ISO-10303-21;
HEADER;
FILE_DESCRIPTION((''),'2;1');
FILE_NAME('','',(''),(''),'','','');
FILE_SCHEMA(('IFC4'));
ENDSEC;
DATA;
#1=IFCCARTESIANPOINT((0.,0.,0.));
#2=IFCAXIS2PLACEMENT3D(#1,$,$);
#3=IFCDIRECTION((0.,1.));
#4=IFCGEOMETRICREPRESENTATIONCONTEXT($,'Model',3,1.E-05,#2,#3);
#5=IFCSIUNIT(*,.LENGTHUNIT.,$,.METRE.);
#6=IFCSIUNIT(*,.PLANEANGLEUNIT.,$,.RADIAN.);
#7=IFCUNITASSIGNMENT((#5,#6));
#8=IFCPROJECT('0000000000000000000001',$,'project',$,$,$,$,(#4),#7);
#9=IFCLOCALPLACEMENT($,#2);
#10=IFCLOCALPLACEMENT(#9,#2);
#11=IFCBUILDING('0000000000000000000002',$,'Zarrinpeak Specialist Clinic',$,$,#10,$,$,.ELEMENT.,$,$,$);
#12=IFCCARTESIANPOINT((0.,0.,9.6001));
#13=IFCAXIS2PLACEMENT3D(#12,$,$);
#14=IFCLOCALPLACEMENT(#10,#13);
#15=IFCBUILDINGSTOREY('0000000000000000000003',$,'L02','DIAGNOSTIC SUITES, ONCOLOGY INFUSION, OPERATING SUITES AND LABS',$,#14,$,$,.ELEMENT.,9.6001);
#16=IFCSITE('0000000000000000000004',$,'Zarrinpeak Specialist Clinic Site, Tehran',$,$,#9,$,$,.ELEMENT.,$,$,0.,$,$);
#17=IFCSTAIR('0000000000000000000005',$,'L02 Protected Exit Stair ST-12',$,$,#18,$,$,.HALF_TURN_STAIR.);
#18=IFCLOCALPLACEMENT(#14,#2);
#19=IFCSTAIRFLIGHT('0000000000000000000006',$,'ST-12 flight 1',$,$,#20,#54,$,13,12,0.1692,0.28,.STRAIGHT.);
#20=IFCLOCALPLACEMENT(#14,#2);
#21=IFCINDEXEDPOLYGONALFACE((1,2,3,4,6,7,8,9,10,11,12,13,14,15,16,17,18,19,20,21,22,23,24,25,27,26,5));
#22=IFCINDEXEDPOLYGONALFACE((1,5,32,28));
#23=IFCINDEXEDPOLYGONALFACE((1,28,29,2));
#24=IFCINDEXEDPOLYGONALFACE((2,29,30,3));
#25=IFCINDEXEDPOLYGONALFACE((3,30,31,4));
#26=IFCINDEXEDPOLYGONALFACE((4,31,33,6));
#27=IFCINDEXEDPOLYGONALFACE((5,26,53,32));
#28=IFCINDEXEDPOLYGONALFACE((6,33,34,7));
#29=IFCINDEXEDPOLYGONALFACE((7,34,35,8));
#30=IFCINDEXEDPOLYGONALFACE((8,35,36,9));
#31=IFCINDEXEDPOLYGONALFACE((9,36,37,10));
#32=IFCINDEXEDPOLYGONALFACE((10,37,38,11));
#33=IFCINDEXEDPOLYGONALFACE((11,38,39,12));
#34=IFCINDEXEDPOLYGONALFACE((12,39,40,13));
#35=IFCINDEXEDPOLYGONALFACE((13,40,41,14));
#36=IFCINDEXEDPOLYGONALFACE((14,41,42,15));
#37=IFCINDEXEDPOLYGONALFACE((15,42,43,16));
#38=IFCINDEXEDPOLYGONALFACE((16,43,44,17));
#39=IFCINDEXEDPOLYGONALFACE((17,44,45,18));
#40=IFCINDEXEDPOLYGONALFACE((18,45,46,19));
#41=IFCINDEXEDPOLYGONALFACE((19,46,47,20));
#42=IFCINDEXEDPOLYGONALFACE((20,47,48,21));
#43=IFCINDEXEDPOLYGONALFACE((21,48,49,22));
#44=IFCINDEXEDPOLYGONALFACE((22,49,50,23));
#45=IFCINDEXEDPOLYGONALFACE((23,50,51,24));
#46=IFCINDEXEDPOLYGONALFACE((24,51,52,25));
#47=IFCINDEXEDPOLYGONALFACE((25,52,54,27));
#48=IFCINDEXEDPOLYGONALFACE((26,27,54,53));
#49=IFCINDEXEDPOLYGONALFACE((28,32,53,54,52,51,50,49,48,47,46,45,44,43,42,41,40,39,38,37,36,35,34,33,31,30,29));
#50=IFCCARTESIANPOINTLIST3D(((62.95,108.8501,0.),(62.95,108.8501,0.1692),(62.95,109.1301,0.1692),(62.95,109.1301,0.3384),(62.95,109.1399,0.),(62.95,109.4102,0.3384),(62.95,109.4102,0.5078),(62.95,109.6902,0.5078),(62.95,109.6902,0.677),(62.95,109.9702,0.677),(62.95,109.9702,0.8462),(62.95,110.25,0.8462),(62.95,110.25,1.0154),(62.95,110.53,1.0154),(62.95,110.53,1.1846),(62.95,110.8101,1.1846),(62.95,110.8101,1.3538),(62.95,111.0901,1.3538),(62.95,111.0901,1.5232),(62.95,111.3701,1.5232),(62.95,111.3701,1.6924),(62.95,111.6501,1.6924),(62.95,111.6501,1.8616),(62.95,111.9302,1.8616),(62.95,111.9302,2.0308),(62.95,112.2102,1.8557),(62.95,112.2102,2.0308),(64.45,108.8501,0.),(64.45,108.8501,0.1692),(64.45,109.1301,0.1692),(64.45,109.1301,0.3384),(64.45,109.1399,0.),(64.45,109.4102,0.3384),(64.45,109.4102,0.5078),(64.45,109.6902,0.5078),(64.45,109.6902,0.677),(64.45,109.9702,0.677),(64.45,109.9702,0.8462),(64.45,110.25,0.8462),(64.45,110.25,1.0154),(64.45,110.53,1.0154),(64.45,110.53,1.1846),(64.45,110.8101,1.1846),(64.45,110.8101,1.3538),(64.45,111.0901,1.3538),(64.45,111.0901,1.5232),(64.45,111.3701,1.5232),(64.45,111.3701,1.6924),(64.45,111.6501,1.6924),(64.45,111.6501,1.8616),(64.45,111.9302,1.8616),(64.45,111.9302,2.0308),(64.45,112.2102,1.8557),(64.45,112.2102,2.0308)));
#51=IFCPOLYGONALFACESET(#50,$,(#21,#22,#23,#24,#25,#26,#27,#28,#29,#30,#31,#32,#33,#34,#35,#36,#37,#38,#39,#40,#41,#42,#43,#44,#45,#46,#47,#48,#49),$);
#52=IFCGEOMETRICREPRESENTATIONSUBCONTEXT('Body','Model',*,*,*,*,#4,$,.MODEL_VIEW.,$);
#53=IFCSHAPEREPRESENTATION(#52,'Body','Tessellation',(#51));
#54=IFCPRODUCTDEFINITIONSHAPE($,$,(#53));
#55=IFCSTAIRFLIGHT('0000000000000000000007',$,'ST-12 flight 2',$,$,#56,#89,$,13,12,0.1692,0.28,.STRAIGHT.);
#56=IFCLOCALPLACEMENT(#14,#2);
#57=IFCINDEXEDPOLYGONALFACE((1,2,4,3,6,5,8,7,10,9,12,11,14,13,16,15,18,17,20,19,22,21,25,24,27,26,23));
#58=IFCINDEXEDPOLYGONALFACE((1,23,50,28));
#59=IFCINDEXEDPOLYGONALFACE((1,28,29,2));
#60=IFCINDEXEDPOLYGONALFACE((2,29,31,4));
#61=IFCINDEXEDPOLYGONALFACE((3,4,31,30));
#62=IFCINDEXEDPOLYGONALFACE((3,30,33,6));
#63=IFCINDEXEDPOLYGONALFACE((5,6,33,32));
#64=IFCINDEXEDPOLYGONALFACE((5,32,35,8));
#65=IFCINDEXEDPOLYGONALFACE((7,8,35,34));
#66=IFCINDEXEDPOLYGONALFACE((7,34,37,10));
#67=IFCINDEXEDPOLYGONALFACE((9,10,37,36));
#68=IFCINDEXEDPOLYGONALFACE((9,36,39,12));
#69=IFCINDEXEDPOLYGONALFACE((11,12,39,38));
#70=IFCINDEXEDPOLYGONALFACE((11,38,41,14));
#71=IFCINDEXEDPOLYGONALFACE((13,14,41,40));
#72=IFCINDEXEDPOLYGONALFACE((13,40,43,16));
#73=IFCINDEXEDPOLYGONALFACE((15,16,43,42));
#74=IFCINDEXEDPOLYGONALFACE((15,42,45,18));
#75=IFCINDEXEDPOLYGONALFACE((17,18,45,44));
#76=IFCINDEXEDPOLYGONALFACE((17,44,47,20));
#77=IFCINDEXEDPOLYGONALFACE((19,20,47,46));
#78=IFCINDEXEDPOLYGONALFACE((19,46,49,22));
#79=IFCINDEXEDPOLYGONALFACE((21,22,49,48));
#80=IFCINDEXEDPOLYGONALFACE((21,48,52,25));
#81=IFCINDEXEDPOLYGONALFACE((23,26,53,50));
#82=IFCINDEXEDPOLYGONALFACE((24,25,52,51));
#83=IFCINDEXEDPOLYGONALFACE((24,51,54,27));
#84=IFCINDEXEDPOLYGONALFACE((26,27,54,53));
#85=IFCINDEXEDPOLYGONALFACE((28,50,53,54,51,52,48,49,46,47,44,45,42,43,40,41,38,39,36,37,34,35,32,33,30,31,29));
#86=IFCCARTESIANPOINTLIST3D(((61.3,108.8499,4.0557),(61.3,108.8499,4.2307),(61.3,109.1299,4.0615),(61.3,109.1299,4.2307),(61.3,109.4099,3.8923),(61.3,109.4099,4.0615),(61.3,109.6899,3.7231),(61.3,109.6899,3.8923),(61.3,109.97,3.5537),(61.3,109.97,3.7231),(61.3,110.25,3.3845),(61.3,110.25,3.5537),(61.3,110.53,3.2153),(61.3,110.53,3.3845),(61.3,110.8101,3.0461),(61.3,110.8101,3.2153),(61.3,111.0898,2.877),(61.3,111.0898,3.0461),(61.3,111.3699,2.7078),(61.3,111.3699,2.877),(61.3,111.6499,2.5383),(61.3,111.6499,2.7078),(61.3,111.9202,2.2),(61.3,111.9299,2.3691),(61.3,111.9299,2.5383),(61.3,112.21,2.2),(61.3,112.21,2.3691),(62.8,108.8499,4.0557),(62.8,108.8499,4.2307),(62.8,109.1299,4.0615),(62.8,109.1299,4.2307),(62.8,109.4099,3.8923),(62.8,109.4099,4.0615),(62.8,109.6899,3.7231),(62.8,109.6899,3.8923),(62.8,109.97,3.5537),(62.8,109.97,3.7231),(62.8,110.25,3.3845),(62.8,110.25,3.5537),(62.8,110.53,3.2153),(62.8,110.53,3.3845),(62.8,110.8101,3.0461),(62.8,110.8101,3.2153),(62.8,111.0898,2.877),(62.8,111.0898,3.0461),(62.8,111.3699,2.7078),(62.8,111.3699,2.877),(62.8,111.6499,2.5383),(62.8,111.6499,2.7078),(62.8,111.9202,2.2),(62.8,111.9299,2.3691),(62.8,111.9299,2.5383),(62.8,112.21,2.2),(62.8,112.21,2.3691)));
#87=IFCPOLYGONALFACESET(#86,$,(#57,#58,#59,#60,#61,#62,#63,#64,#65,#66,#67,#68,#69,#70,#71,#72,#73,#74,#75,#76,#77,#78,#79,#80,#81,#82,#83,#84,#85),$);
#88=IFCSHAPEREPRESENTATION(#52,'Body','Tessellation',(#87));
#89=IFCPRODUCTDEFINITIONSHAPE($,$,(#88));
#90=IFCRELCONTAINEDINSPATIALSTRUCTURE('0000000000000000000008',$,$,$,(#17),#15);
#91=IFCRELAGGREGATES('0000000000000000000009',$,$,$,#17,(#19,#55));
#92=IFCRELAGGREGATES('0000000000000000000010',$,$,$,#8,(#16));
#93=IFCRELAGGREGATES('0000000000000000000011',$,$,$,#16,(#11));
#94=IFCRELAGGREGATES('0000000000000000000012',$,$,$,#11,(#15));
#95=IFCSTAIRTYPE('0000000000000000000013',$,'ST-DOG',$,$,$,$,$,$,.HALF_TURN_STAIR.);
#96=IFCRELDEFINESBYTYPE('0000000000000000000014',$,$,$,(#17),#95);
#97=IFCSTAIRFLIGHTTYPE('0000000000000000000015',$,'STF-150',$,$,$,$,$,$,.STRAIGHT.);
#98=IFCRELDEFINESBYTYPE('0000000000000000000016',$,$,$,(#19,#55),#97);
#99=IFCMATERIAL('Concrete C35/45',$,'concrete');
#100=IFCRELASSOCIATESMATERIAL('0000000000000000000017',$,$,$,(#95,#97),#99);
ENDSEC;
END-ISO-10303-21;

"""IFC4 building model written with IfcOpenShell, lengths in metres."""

from ifc_helpers import new_model, si_unit, direction, frame, origin, place, context, subcontext, project, spatial, polyline, outline, extrude, material, type_object, element, aggregate, save


model = new_model("IFC4")

# Units and contexts
model_context = context("Model", 3, precision=1e-05, world=origin(), true_north=direction((0.0, 1.0)))
body_context = subcontext(model_context, "Body", "Model", "MODEL_VIEW")
ifc_project = project(units=[si_unit("LENGTHUNIT", "METRE"), si_unit("PLANEANGLEUNIT", "RADIAN")], contexts=[model_context])

# Site, building, storey
site_placement = place(None, origin())
site = spatial("IfcSite", under=ifc_project, at=site_placement, Name="Zarrinpeak Specialist Clinic Site, Tehran", CompositionType="ELEMENT", RefElevation=0.0)
building_placement = place(site_placement, origin())
building = spatial("IfcBuilding", under=site, at=building_placement, Name="Zarrinpeak Specialist Clinic", CompositionType="ELEMENT")
storey_placement = place(building_placement, frame((0.0, 0.0, 9.6001)))
storey = spatial("IfcBuildingStorey", under=building, at=storey_placement, Name="L02", Description="DIAGNOSTIC SUITES, ONCOLOGY INFUSION, OPERATING SUITES AND LABS", CompositionType="ELEMENT", Elevation=9.6001)

# Stair, stair flights
ifc_material_1 = material(Name="Concrete C35/45", Category="concrete")
stair_type = type_object("IfcStairType", Name="ST-DOG", PredefinedType="HALF_TURN_STAIR", material=ifc_material_1)
stair_placement = place(storey_placement, origin())
stair = element("IfcStair", 1, at=stair_placement, inside=storey, type_object=stair_type, Name="L02 Protected Exit Stair ST-12", PredefinedType="HALF_TURN_STAIR")
stair_flight_type = type_object("IfcStairFlightType", Name="STF-150", PredefinedType="STRAIGHT", material=ifc_material_1)
stair_flight_1_placement = place(storey_placement, frame((63.7, 108.8501, 0.0), z_axis=(0.0, 0.0, 1.0), x_axis=(0.0, 1.0, 0.0)))
stair_flight_1 = element("IfcStairFlight", 2, at=stair_flight_1_placement, type_object=stair_flight_type, Name="ST-12 flight 1", NumberOfRisers=13, NumberOfTreads=12, PredefinedType="STRAIGHT", RiserHeight=0.1692, TreadLength=0.28, context=body_context, shape_type="SweptSolid", body=[
    extrude(outline(polyline([(0.0, 0.0), (0.0, 0.1692), (0.28, 0.1692), (0.28, 0.3384), (0.5601, 0.3384), (0.5601, 0.5078), (0.8401, 0.5078), (0.8401, 0.677), (1.1201, 0.677), (1.1201, 0.8462), (1.3999, 0.8462), (1.3999, 1.0154), (1.6799, 1.0154), (1.6799, 1.1846), (1.96, 1.1846), (1.96, 1.3538), (2.24, 1.3538), (2.24, 1.5232), (2.52, 1.5232), (2.52, 1.6924), (2.8, 1.6924), (2.8, 1.8616), (3.0801, 1.8616), (3.0801, 2.0308), (3.3601, 2.0308), (3.3601, 2.2), (3.3601, 1.8557), (0.2898, 0.0), (0.0, 0.0)])), frame((0.0, 0.75, 0.0), z_axis=(0.0, -1.0, 0.0), x_axis=(1.0, 0.0, 0.0)), (0.0, 0.0, 1.0), 1.5),
])
stair_flight_2_placement = place(storey_placement, frame((62.05, 112.21, 2.2), z_axis=(0.0, 0.0, 1.0), x_axis=(0.0, -1.0, 0.0)))
stair_flight_2 = element("IfcStairFlight", 3, at=stair_flight_2_placement, type_object=stair_flight_type, Name="ST-12 flight 2", NumberOfRisers=13, NumberOfTreads=12, PredefinedType="STRAIGHT", RiserHeight=0.1692, TreadLength=0.28, context=body_context, shape_type="SweptSolid", body=[
    extrude(outline(polyline([(0.0, 0.0), (0.0, 0.1692), (0.28, 0.1692), (0.28, 0.3384), (0.5601, 0.3384), (0.5601, 0.5078), (0.8401, 0.5078), (0.8401, 0.677), (1.1201, 0.677), (1.1201, 0.8462), (1.3999, 0.8462), (1.3999, 1.0154), (1.6799, 1.0154), (1.6799, 1.1846), (1.96, 1.1846), (1.96, 1.3538), (2.24, 1.3538), (2.24, 1.5232), (2.52, 1.5232), (2.52, 1.6924), (2.8, 1.6924), (2.8, 1.8616), (3.0801, 1.8616), (3.0801, 2.0308), (3.3601, 2.0308), (3.3601, 2.2), (3.3601, 1.8557), (0.2898, 0.0), (0.0, 0.0)])), frame((0.0, 0.75, 0.0), z_axis=(0.0, -1.0, 0.0), x_axis=(1.0, 0.0, 0.0)), (0.0, 0.0, 1.0), 1.5),
])
aggregate(stair, [stair_flight_1, stair_flight_2])

save(model, "model.ifc")
